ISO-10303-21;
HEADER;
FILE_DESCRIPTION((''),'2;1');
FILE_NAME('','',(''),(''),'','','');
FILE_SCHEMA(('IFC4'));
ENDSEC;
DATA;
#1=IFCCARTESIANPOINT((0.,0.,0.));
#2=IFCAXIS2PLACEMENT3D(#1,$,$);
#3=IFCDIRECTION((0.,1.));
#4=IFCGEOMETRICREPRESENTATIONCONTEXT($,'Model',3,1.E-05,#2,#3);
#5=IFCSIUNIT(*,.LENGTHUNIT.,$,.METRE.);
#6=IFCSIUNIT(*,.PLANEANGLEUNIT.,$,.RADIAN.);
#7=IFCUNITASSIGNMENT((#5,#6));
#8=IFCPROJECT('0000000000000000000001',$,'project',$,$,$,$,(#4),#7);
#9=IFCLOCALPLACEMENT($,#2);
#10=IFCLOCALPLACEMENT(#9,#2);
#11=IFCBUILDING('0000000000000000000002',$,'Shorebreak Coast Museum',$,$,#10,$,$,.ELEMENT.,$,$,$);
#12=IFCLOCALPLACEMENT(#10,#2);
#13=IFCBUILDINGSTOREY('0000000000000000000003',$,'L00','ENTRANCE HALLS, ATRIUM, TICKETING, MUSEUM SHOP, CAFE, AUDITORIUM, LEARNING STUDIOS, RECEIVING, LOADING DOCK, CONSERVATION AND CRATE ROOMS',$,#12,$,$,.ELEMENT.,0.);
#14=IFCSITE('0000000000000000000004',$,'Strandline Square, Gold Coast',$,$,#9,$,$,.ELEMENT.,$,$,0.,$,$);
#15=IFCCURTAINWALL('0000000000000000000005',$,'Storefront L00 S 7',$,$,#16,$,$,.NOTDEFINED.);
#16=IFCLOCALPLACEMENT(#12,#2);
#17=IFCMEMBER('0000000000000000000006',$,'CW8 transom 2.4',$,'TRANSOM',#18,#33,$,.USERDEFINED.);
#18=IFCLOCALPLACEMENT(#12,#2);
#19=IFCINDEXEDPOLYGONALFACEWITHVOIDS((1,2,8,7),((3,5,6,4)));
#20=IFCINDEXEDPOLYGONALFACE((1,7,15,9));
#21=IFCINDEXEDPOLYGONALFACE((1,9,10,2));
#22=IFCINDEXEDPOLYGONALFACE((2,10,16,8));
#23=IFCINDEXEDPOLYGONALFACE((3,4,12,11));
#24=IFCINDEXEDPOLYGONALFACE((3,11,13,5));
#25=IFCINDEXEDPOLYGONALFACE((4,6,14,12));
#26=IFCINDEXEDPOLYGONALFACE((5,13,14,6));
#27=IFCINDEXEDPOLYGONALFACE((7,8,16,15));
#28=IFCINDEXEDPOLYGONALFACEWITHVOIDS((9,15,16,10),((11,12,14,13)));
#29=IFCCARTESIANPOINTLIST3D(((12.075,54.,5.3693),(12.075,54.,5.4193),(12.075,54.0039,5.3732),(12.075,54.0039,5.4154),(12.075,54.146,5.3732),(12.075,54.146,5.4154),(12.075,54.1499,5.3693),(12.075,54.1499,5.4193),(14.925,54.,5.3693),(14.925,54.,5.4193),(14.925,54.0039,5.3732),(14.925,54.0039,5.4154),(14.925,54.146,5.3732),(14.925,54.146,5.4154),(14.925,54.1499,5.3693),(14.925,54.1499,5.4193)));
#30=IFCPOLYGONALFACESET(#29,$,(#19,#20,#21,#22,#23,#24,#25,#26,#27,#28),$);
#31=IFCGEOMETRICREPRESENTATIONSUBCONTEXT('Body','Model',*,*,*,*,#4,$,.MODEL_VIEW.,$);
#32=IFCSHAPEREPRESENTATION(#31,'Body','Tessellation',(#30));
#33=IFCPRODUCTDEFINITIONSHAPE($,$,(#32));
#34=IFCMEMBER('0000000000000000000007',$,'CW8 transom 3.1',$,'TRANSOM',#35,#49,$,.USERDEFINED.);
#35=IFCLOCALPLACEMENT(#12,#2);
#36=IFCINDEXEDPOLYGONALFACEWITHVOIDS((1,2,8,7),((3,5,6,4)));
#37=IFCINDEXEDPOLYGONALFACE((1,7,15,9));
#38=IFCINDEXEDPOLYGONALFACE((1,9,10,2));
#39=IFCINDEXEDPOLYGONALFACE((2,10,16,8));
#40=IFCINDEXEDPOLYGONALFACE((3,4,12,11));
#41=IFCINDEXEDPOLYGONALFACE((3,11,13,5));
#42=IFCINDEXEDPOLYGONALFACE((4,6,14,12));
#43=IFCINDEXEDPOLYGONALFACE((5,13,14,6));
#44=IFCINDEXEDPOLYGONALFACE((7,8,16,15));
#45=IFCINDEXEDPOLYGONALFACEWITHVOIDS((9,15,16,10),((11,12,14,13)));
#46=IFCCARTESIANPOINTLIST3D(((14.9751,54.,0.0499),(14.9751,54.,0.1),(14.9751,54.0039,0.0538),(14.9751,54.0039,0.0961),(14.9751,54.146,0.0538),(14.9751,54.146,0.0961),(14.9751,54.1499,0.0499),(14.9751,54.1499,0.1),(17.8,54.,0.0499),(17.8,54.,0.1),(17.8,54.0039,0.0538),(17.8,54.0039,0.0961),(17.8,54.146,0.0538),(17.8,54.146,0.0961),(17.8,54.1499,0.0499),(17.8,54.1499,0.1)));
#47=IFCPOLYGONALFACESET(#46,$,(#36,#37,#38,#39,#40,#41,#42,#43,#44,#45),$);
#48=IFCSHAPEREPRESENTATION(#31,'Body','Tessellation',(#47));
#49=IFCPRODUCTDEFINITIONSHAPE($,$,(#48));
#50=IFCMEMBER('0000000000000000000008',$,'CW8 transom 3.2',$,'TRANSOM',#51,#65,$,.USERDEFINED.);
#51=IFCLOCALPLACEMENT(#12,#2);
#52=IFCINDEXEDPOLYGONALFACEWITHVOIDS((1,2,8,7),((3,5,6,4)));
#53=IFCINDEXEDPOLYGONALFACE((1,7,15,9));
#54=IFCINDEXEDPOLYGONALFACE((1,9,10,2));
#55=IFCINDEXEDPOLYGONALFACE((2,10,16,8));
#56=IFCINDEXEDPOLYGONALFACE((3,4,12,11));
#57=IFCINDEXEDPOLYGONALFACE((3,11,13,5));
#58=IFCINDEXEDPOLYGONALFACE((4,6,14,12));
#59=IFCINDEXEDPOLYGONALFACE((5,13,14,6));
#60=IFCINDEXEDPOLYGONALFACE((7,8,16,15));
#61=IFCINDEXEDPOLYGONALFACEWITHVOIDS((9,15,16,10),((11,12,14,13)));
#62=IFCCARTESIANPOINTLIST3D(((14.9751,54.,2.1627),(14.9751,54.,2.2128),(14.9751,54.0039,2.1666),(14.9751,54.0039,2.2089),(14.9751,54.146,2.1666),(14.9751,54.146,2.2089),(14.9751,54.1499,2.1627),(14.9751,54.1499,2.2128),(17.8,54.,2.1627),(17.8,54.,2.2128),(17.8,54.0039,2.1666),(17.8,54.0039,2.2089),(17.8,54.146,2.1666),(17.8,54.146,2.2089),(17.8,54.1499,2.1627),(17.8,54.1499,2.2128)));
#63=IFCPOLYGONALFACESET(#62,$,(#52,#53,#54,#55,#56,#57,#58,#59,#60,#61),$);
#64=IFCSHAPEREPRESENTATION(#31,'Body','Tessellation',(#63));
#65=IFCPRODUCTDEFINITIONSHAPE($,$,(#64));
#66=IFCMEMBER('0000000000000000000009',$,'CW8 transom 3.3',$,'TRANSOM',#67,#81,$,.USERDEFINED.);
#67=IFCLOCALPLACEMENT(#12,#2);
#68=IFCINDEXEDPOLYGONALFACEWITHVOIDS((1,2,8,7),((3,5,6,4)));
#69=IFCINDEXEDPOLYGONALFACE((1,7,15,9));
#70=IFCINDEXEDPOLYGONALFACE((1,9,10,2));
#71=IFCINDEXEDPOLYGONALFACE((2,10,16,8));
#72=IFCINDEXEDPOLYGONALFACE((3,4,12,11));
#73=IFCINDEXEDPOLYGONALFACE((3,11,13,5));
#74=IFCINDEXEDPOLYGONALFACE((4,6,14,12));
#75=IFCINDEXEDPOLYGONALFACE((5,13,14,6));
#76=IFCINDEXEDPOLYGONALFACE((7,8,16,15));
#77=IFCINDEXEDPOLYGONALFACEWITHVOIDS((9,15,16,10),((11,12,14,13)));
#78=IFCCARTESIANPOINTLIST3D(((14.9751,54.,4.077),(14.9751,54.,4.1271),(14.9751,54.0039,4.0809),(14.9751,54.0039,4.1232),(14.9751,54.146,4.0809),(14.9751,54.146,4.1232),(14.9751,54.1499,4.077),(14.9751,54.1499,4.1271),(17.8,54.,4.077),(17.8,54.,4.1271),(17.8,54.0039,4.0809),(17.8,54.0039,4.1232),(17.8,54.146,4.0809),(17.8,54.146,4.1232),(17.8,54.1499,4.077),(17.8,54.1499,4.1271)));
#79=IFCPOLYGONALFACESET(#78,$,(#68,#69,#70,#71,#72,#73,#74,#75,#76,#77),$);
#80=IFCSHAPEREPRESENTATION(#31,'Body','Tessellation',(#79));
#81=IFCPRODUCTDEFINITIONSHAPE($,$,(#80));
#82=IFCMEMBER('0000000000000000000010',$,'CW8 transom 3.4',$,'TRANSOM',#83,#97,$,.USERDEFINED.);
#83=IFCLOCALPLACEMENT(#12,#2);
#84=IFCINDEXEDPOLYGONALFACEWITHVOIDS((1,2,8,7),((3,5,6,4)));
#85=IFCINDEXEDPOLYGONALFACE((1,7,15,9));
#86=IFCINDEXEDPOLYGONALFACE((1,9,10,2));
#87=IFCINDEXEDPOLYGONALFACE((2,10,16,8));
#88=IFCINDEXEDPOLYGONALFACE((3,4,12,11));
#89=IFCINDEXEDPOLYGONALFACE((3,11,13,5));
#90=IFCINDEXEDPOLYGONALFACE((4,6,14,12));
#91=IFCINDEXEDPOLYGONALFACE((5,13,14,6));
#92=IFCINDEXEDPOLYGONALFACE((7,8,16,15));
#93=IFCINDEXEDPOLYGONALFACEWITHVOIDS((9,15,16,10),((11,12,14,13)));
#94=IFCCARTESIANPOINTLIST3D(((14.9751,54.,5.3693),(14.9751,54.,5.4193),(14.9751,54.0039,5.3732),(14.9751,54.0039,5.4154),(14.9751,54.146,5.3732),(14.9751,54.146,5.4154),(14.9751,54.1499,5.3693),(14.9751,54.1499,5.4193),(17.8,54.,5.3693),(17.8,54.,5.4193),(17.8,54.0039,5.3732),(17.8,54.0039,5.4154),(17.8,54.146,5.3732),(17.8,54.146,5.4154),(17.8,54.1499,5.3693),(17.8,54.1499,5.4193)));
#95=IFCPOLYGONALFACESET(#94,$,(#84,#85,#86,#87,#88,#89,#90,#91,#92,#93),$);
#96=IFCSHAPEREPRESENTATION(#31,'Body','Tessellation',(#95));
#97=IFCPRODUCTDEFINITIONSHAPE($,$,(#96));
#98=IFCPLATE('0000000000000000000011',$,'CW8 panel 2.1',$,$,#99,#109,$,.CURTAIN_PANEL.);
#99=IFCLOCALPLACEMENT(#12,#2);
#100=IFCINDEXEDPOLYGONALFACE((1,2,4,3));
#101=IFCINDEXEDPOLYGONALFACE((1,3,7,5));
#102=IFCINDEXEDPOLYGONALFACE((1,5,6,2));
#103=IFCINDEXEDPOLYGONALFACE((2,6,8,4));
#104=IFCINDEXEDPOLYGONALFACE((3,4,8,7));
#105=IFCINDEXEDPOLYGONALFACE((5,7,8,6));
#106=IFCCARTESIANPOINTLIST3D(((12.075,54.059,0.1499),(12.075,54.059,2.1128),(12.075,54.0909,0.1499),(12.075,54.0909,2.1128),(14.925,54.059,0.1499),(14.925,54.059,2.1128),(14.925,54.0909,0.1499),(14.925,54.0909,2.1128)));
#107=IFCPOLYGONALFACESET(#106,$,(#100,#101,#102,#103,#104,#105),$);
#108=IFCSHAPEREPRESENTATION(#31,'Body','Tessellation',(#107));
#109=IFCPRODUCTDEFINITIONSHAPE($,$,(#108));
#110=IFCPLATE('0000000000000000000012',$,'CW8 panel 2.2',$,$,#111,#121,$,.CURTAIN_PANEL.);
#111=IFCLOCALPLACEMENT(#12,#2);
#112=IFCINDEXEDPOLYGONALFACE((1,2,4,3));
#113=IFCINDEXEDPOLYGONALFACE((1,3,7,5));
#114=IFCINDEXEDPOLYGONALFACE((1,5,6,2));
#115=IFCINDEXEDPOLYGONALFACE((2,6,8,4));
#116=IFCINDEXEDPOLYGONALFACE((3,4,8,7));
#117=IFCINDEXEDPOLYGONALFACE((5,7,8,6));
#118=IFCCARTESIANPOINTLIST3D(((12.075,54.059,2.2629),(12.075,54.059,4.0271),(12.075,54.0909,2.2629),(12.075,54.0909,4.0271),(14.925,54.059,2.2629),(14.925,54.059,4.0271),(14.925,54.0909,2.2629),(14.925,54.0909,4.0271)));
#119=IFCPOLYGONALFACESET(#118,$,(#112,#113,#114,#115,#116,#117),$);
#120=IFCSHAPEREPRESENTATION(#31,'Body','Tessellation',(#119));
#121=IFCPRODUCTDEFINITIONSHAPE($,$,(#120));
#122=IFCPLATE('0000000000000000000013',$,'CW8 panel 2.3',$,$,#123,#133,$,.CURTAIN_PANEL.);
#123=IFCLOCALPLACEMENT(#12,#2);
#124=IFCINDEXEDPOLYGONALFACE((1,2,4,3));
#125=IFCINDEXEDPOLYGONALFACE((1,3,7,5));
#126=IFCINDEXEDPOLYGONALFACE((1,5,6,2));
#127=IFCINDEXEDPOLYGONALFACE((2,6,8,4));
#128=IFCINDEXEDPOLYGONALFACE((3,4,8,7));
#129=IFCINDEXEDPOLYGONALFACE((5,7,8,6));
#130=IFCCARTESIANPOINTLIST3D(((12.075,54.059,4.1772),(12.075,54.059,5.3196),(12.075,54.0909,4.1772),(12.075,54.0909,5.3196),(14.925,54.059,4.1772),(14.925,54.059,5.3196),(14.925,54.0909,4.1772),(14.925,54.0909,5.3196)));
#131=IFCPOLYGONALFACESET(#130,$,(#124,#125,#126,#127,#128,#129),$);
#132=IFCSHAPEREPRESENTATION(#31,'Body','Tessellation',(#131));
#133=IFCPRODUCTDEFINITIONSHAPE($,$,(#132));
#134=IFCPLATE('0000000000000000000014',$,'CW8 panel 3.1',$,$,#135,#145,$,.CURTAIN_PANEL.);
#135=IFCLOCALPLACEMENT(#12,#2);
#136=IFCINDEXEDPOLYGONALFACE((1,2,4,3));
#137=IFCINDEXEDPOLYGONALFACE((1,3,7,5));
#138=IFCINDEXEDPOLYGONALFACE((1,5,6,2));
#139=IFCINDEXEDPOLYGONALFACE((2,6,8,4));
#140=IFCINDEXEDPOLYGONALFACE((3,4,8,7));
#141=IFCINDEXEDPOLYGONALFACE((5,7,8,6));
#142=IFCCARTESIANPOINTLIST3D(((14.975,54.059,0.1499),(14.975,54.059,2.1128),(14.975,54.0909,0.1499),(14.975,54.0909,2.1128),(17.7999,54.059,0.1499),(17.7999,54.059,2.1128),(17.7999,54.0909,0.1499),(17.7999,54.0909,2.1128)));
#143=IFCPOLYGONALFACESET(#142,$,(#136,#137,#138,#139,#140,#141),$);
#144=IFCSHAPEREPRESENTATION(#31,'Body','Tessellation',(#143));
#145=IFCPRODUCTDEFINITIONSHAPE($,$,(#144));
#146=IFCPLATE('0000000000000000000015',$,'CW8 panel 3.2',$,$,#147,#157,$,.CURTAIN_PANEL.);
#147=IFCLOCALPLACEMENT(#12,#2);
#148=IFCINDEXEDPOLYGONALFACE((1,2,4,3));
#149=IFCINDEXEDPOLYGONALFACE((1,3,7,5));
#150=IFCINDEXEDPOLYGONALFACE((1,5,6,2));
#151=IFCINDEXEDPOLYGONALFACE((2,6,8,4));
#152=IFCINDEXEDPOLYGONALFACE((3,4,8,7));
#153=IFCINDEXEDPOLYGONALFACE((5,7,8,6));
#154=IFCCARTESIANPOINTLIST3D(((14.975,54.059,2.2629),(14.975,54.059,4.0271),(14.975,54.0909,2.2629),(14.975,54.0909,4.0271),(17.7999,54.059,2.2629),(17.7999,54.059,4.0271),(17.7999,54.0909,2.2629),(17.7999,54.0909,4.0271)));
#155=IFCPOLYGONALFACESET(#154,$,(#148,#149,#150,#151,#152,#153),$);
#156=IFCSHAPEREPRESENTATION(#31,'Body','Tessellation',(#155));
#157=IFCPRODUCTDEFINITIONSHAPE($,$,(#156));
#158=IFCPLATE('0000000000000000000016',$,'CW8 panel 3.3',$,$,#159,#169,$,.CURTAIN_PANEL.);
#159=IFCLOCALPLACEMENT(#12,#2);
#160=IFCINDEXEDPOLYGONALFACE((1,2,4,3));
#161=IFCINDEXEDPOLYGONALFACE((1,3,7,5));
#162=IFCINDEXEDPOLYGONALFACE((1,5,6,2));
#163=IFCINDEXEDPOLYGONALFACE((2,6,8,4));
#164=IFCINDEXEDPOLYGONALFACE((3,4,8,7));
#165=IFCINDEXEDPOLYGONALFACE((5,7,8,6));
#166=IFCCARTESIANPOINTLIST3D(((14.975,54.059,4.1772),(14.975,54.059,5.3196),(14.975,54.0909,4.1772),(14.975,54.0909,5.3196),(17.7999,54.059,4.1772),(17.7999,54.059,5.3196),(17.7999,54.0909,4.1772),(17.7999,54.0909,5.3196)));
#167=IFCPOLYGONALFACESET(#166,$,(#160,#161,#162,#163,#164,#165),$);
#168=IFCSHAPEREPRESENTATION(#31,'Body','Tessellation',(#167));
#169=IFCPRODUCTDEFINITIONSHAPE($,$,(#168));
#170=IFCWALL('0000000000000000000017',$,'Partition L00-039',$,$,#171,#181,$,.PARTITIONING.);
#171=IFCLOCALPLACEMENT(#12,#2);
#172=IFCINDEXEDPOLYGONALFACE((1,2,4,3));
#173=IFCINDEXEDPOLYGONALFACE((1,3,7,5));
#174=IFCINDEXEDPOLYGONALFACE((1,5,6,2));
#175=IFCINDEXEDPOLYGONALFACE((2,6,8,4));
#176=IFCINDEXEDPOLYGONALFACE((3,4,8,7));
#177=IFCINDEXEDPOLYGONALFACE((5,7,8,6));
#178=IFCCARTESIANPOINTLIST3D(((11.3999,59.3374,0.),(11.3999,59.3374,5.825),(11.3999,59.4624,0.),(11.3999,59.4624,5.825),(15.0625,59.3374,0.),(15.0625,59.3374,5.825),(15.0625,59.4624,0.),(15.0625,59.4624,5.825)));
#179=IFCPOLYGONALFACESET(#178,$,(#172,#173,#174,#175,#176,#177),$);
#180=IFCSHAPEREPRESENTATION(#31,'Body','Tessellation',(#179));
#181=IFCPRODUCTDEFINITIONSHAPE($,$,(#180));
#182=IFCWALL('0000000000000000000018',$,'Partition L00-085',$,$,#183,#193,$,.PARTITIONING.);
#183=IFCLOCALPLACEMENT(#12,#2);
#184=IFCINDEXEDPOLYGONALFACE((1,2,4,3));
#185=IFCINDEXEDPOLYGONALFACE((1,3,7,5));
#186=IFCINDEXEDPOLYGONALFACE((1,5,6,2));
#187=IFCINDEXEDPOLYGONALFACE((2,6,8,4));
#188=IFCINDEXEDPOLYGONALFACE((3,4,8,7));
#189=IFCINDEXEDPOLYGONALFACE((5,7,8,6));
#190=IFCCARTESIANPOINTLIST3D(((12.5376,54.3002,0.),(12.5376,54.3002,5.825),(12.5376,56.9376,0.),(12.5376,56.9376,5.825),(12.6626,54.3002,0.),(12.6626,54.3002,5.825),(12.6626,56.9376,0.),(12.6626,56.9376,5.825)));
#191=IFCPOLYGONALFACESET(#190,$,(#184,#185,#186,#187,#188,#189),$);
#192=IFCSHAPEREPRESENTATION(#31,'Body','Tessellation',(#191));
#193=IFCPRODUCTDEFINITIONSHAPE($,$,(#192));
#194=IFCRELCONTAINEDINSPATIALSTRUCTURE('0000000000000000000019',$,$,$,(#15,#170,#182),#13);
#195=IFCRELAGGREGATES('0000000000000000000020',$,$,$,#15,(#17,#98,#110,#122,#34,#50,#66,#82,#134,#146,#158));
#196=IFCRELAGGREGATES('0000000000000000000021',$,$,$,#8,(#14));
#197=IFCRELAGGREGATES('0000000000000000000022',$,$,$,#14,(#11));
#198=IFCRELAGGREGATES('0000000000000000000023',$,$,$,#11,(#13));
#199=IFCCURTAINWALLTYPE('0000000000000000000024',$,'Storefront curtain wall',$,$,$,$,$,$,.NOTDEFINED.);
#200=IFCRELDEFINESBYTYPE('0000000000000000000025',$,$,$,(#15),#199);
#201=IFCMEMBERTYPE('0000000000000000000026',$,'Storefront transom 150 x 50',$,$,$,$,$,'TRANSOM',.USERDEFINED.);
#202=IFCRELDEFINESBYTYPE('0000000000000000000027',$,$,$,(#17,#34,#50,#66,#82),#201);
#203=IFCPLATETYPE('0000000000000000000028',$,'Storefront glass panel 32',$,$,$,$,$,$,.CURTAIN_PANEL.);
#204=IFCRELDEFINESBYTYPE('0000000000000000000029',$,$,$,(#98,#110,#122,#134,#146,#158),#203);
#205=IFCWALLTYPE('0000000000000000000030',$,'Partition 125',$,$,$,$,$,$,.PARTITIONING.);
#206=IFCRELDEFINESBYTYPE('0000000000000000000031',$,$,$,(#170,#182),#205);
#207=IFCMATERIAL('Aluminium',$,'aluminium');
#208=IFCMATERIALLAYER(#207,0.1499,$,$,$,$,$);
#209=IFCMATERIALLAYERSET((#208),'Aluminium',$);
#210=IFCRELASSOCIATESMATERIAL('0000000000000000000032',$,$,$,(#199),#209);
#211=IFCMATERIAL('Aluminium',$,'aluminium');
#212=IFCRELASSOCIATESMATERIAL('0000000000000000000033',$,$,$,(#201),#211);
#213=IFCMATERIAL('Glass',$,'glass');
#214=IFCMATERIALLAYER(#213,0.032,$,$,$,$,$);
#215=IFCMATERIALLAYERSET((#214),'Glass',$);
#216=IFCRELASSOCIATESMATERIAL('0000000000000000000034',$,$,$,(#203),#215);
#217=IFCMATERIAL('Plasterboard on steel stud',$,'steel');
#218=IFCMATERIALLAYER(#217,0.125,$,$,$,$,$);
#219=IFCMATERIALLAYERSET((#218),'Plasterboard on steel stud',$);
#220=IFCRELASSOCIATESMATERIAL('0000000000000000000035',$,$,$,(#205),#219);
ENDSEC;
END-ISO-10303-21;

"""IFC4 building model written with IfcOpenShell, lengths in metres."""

from ifc_helpers import new_model, si_unit, direction, frame, frame_2d, origin, origin_2d, place, context, subcontext, project, spatial, rectangle, hollow_rectangle, extrude, material, layer, layer_set, material_profile, profile_set, type_object, element, aggregate, save


model = new_model("IFC4")

# Units and contexts
model_context = context("Model", 3, precision=1e-05, world=origin(), true_north=direction((0.0, 1.0)))
body_context = subcontext(model_context, "Body", "Model", "MODEL_VIEW")
ifc_project = project(units=[si_unit("LENGTHUNIT", "METRE"), si_unit("PLANEANGLEUNIT", "RADIAN")], contexts=[model_context])

# Site, building, storey
site_placement = place(None, origin())
site = spatial("IfcSite", under=ifc_project, at=site_placement, Name="Strandline Square, Gold Coast", CompositionType="ELEMENT", RefElevation=0.0)
building_placement = place(site_placement, origin())
building = spatial("IfcBuilding", under=site, at=building_placement, Name="Shorebreak Coast Museum", CompositionType="ELEMENT")
storey_placement = place(building_placement, origin())
storey = spatial("IfcBuildingStorey", under=building, at=storey_placement, Name="L00", Description="ENTRANCE HALLS, ATRIUM, TICKETING, MUSEUM SHOP, CAFE, AUDITORIUM, LEARNING STUDIOS, RECEIVING, LOADING DOCK, CONSERVATION AND CRATE ROOMS", CompositionType="ELEMENT", Elevation=0.0)

# Curtain wall, members, plates
ifc_material_1 = material(Name="Aluminium", Category="aluminium")
ifc_layer_1 = layer(ifc_material_1, 0.1499)
ifc_layer_set_1 = layer_set([ifc_layer_1], Name="Aluminium")
curtain_wall_type = type_object("IfcCurtainWallType", Name="Storefront curtain wall", PredefinedType="NOTDEFINED", material=ifc_layer_set_1)
curtain_wall_placement = place(storey_placement, origin())
curtain_wall = element("IfcCurtainWall", 1, at=curtain_wall_placement, inside=storey, type_object=curtain_wall_type, Name="Storefront L00 S 7", PredefinedType="NOTDEFINED")
ifc_material_2 = material(Name="Aluminium", Category="aluminium")
ifc_material_profile_1 = material_profile(ifc_material_2, hollow_rectangle(XDim=0.1499, YDim=0.05, WallThickness=0.0039, at=origin_2d()), Name="AL 50x150 RHS")
ifc_profile_set_1 = profile_set([ifc_material_profile_1], Name="Aluminium")
member_type_1 = type_object("IfcMemberType", Name="Storefront transom 150 x 50", ElementType="TRANSOM", PredefinedType="USERDEFINED", material=ifc_profile_set_1)
member_1_placement = place(storey_placement, frame((12.075, 54.075, 5.3943), z_axis=(1.0, 0.0, 0.0), x_axis=(0.0, 1.0, 0.0)))
member_1 = element("IfcMember", 2, at=member_1_placement, type_object=member_type_1, Name="CW8 transom 2.4", ObjectType="TRANSOM", PredefinedType="USERDEFINED", context=body_context, shape_type="SweptSolid", body=[
    extrude(hollow_rectangle(XDim=0.1499, YDim=0.05, WallThickness=0.0039, at=origin_2d()), origin(), (0.0, 0.0, 1.0), 2.8501),
])
member_2_placement = place(storey_placement, frame((14.9751, 54.075, 0.075), z_axis=(1.0, 0.0, 0.0), x_axis=(0.0, 1.0, 0.0)))
member_2 = element("IfcMember", 3, at=member_2_placement, type_object=member_type_1, Name="CW8 transom 3.1", ObjectType="TRANSOM", PredefinedType="USERDEFINED", context=body_context, shape_type="SweptSolid", body=[
    extrude(hollow_rectangle(XDim=0.1499, YDim=0.05, WallThickness=0.0039, at=origin_2d()), origin(), (0.0, 0.0, 1.0), 2.825),
])
member_3_placement = place(storey_placement, frame((14.9751, 54.075, 2.1877), z_axis=(1.0, 0.0, 0.0), x_axis=(0.0, 1.0, 0.0)))
member_3 = element("IfcMember", 4, at=member_3_placement, type_object=member_type_1, Name="CW8 transom 3.2", ObjectType="TRANSOM", PredefinedType="USERDEFINED", context=body_context, shape_type="SweptSolid", body=[
    extrude(hollow_rectangle(XDim=0.1499, YDim=0.05, WallThickness=0.0039, at=origin_2d()), origin(), (0.0, 0.0, 1.0), 2.825),
])
member_4_placement = place(storey_placement, frame((14.9751, 54.075, 4.1021), z_axis=(1.0, 0.0, 0.0), x_axis=(0.0, 1.0, 0.0)))
member_4 = element("IfcMember", 5, at=member_4_placement, type_object=member_type_1, Name="CW8 transom 3.3", ObjectType="TRANSOM", PredefinedType="USERDEFINED", context=body_context, shape_type="SweptSolid", body=[
    extrude(hollow_rectangle(XDim=0.1499, YDim=0.05, WallThickness=0.0039, at=origin_2d()), origin(), (0.0, 0.0, 1.0), 2.825),
])
member_5_placement = place(storey_placement, frame((14.9751, 54.075, 5.3943), z_axis=(1.0, 0.0, 0.0), x_axis=(0.0, 1.0, 0.0)))
member_5 = element("IfcMember", 6, at=member_5_placement, type_object=member_type_1, Name="CW8 transom 3.4", ObjectType="TRANSOM", PredefinedType="USERDEFINED", context=body_context, shape_type="SweptSolid", body=[
    extrude(hollow_rectangle(XDim=0.1499, YDim=0.05, WallThickness=0.0039, at=origin_2d()), origin(), (0.0, 0.0, 1.0), 2.825),
])
ifc_material_3 = material(Name="Glass", Category="glass")
ifc_layer_2 = layer(ifc_material_3, 0.032)
ifc_layer_set_2 = layer_set([ifc_layer_2], Name="Glass")
plate_type = type_object("IfcPlateType", Name="Storefront glass panel 32", PredefinedType="CURTAIN_PANEL", material=ifc_layer_set_2)
plate_1_placement = place(storey_placement, frame((13.5, 54.075, 0.1499), z_axis=(0.0, 0.0, 1.0), x_axis=(1.0, 0.0, 0.0)))
plate_1 = element("IfcPlate", 7, at=plate_1_placement, type_object=plate_type, Name="CW8 panel 2.1", PredefinedType="CURTAIN_PANEL", context=body_context, shape_type="SweptSolid", body=[
    extrude(rectangle(XDim=2.8501, YDim=0.032, at=origin_2d()), origin(), (0.0, 0.0, 1.0), 1.9629),
])
plate_2_placement = place(storey_placement, frame((13.5, 54.075, 2.2629), z_axis=(0.0, 0.0, 1.0), x_axis=(1.0, 0.0, 0.0)))
plate_2 = element("IfcPlate", 8, at=plate_2_placement, type_object=plate_type, Name="CW8 panel 2.2", PredefinedType="CURTAIN_PANEL", context=body_context, shape_type="SweptSolid", body=[
    extrude(rectangle(XDim=2.8501, YDim=0.032, at=origin_2d()), origin(), (0.0, 0.0, 1.0), 1.7642),
])
plate_3_placement = place(storey_placement, frame((13.5, 54.075, 4.1772), z_axis=(0.0, 0.0, 1.0), x_axis=(1.0, 0.0, 0.0)))
plate_3 = element("IfcPlate", 9, at=plate_3_placement, type_object=plate_type, Name="CW8 panel 2.3", PredefinedType="CURTAIN_PANEL", context=body_context, shape_type="SweptSolid", body=[
    extrude(rectangle(XDim=2.8501, YDim=0.032, at=origin_2d()), origin(), (0.0, 0.0, 1.0), 1.1423),
])
plate_4_placement = place(storey_placement, frame((16.3875, 54.075, 0.1499), z_axis=(0.0, 0.0, 1.0), x_axis=(1.0, 0.0, 0.0)))
plate_4 = element("IfcPlate", 10, at=plate_4_placement, type_object=plate_type, Name="CW8 panel 3.1", PredefinedType="CURTAIN_PANEL", context=body_context, shape_type="SweptSolid", body=[
    extrude(rectangle(XDim=2.825, YDim=0.032, at=origin_2d()), origin(), (0.0, 0.0, 1.0), 1.9629),
])
plate_5_placement = place(storey_placement, frame((16.3875, 54.075, 2.2629), z_axis=(0.0, 0.0, 1.0), x_axis=(1.0, 0.0, 0.0)))
plate_5 = element("IfcPlate", 11, at=plate_5_placement, type_object=plate_type, Name="CW8 panel 3.2", PredefinedType="CURTAIN_PANEL", context=body_context, shape_type="SweptSolid", body=[
    extrude(rectangle(XDim=2.825, YDim=0.032, at=origin_2d()), origin(), (0.0, 0.0, 1.0), 1.7642),
])
plate_6_placement = place(storey_placement, frame((16.3875, 54.075, 4.1772), z_axis=(0.0, 0.0, 1.0), x_axis=(1.0, 0.0, 0.0)))
plate_6 = element("IfcPlate", 12, at=plate_6_placement, type_object=plate_type, Name="CW8 panel 3.3", PredefinedType="CURTAIN_PANEL", context=body_context, shape_type="SweptSolid", body=[
    extrude(rectangle(XDim=2.825, YDim=0.032, at=origin_2d()), origin(), (0.0, 0.0, 1.0), 1.1423),
])
aggregate(curtain_wall, [member_1, plate_1, plate_2, plate_3, member_2, member_3, member_4, member_5, plate_4, plate_5, plate_6])

# Walls
ifc_material_4 = material(Name="Plasterboard on steel stud", Category="steel")
ifc_layer_3 = layer(ifc_material_4, 0.125)
ifc_layer_set_3 = layer_set([ifc_layer_3], Name="Plasterboard on steel stud")
wall_type_1 = type_object("IfcWallType", Name="Partition 125", PredefinedType="PARTITIONING", material=ifc_layer_set_3)
wall_1_placement = place(storey_placement, frame((11.3999, 59.3999, 0.0), z_axis=(0.0, 0.0, 1.0), x_axis=(1.0, 0.0, 0.0)))
element("IfcWall", 13, at=wall_1_placement, inside=storey, type_object=wall_type_1, Name="Partition L00-039", PredefinedType="PARTITIONING", context=body_context, shape_type="SweptSolid", body=[
    extrude(rectangle(XDim=3.6626, YDim=0.125, at=frame_2d((1.8313, 0.0))), origin(), (0.0, 0.0, 1.0), 5.825),
])
wall_2_placement = place(storey_placement, frame((12.6001, 54.3, 0.0), z_axis=(0.0, 0.0, 1.0), x_axis=(0.0, 1.0, 0.0)))
element("IfcWall", 14, at=wall_2_placement, inside=storey, type_object=wall_type_1, Name="Partition L00-085", PredefinedType="PARTITIONING", context=body_context, shape_type="SweptSolid", body=[
    extrude(rectangle(XDim=2.6375, YDim=0.125, at=frame_2d((1.3188, 0.0))), origin(), (0.0, 0.0, 1.0), 5.825),
])

save(model, "model.ifc")
